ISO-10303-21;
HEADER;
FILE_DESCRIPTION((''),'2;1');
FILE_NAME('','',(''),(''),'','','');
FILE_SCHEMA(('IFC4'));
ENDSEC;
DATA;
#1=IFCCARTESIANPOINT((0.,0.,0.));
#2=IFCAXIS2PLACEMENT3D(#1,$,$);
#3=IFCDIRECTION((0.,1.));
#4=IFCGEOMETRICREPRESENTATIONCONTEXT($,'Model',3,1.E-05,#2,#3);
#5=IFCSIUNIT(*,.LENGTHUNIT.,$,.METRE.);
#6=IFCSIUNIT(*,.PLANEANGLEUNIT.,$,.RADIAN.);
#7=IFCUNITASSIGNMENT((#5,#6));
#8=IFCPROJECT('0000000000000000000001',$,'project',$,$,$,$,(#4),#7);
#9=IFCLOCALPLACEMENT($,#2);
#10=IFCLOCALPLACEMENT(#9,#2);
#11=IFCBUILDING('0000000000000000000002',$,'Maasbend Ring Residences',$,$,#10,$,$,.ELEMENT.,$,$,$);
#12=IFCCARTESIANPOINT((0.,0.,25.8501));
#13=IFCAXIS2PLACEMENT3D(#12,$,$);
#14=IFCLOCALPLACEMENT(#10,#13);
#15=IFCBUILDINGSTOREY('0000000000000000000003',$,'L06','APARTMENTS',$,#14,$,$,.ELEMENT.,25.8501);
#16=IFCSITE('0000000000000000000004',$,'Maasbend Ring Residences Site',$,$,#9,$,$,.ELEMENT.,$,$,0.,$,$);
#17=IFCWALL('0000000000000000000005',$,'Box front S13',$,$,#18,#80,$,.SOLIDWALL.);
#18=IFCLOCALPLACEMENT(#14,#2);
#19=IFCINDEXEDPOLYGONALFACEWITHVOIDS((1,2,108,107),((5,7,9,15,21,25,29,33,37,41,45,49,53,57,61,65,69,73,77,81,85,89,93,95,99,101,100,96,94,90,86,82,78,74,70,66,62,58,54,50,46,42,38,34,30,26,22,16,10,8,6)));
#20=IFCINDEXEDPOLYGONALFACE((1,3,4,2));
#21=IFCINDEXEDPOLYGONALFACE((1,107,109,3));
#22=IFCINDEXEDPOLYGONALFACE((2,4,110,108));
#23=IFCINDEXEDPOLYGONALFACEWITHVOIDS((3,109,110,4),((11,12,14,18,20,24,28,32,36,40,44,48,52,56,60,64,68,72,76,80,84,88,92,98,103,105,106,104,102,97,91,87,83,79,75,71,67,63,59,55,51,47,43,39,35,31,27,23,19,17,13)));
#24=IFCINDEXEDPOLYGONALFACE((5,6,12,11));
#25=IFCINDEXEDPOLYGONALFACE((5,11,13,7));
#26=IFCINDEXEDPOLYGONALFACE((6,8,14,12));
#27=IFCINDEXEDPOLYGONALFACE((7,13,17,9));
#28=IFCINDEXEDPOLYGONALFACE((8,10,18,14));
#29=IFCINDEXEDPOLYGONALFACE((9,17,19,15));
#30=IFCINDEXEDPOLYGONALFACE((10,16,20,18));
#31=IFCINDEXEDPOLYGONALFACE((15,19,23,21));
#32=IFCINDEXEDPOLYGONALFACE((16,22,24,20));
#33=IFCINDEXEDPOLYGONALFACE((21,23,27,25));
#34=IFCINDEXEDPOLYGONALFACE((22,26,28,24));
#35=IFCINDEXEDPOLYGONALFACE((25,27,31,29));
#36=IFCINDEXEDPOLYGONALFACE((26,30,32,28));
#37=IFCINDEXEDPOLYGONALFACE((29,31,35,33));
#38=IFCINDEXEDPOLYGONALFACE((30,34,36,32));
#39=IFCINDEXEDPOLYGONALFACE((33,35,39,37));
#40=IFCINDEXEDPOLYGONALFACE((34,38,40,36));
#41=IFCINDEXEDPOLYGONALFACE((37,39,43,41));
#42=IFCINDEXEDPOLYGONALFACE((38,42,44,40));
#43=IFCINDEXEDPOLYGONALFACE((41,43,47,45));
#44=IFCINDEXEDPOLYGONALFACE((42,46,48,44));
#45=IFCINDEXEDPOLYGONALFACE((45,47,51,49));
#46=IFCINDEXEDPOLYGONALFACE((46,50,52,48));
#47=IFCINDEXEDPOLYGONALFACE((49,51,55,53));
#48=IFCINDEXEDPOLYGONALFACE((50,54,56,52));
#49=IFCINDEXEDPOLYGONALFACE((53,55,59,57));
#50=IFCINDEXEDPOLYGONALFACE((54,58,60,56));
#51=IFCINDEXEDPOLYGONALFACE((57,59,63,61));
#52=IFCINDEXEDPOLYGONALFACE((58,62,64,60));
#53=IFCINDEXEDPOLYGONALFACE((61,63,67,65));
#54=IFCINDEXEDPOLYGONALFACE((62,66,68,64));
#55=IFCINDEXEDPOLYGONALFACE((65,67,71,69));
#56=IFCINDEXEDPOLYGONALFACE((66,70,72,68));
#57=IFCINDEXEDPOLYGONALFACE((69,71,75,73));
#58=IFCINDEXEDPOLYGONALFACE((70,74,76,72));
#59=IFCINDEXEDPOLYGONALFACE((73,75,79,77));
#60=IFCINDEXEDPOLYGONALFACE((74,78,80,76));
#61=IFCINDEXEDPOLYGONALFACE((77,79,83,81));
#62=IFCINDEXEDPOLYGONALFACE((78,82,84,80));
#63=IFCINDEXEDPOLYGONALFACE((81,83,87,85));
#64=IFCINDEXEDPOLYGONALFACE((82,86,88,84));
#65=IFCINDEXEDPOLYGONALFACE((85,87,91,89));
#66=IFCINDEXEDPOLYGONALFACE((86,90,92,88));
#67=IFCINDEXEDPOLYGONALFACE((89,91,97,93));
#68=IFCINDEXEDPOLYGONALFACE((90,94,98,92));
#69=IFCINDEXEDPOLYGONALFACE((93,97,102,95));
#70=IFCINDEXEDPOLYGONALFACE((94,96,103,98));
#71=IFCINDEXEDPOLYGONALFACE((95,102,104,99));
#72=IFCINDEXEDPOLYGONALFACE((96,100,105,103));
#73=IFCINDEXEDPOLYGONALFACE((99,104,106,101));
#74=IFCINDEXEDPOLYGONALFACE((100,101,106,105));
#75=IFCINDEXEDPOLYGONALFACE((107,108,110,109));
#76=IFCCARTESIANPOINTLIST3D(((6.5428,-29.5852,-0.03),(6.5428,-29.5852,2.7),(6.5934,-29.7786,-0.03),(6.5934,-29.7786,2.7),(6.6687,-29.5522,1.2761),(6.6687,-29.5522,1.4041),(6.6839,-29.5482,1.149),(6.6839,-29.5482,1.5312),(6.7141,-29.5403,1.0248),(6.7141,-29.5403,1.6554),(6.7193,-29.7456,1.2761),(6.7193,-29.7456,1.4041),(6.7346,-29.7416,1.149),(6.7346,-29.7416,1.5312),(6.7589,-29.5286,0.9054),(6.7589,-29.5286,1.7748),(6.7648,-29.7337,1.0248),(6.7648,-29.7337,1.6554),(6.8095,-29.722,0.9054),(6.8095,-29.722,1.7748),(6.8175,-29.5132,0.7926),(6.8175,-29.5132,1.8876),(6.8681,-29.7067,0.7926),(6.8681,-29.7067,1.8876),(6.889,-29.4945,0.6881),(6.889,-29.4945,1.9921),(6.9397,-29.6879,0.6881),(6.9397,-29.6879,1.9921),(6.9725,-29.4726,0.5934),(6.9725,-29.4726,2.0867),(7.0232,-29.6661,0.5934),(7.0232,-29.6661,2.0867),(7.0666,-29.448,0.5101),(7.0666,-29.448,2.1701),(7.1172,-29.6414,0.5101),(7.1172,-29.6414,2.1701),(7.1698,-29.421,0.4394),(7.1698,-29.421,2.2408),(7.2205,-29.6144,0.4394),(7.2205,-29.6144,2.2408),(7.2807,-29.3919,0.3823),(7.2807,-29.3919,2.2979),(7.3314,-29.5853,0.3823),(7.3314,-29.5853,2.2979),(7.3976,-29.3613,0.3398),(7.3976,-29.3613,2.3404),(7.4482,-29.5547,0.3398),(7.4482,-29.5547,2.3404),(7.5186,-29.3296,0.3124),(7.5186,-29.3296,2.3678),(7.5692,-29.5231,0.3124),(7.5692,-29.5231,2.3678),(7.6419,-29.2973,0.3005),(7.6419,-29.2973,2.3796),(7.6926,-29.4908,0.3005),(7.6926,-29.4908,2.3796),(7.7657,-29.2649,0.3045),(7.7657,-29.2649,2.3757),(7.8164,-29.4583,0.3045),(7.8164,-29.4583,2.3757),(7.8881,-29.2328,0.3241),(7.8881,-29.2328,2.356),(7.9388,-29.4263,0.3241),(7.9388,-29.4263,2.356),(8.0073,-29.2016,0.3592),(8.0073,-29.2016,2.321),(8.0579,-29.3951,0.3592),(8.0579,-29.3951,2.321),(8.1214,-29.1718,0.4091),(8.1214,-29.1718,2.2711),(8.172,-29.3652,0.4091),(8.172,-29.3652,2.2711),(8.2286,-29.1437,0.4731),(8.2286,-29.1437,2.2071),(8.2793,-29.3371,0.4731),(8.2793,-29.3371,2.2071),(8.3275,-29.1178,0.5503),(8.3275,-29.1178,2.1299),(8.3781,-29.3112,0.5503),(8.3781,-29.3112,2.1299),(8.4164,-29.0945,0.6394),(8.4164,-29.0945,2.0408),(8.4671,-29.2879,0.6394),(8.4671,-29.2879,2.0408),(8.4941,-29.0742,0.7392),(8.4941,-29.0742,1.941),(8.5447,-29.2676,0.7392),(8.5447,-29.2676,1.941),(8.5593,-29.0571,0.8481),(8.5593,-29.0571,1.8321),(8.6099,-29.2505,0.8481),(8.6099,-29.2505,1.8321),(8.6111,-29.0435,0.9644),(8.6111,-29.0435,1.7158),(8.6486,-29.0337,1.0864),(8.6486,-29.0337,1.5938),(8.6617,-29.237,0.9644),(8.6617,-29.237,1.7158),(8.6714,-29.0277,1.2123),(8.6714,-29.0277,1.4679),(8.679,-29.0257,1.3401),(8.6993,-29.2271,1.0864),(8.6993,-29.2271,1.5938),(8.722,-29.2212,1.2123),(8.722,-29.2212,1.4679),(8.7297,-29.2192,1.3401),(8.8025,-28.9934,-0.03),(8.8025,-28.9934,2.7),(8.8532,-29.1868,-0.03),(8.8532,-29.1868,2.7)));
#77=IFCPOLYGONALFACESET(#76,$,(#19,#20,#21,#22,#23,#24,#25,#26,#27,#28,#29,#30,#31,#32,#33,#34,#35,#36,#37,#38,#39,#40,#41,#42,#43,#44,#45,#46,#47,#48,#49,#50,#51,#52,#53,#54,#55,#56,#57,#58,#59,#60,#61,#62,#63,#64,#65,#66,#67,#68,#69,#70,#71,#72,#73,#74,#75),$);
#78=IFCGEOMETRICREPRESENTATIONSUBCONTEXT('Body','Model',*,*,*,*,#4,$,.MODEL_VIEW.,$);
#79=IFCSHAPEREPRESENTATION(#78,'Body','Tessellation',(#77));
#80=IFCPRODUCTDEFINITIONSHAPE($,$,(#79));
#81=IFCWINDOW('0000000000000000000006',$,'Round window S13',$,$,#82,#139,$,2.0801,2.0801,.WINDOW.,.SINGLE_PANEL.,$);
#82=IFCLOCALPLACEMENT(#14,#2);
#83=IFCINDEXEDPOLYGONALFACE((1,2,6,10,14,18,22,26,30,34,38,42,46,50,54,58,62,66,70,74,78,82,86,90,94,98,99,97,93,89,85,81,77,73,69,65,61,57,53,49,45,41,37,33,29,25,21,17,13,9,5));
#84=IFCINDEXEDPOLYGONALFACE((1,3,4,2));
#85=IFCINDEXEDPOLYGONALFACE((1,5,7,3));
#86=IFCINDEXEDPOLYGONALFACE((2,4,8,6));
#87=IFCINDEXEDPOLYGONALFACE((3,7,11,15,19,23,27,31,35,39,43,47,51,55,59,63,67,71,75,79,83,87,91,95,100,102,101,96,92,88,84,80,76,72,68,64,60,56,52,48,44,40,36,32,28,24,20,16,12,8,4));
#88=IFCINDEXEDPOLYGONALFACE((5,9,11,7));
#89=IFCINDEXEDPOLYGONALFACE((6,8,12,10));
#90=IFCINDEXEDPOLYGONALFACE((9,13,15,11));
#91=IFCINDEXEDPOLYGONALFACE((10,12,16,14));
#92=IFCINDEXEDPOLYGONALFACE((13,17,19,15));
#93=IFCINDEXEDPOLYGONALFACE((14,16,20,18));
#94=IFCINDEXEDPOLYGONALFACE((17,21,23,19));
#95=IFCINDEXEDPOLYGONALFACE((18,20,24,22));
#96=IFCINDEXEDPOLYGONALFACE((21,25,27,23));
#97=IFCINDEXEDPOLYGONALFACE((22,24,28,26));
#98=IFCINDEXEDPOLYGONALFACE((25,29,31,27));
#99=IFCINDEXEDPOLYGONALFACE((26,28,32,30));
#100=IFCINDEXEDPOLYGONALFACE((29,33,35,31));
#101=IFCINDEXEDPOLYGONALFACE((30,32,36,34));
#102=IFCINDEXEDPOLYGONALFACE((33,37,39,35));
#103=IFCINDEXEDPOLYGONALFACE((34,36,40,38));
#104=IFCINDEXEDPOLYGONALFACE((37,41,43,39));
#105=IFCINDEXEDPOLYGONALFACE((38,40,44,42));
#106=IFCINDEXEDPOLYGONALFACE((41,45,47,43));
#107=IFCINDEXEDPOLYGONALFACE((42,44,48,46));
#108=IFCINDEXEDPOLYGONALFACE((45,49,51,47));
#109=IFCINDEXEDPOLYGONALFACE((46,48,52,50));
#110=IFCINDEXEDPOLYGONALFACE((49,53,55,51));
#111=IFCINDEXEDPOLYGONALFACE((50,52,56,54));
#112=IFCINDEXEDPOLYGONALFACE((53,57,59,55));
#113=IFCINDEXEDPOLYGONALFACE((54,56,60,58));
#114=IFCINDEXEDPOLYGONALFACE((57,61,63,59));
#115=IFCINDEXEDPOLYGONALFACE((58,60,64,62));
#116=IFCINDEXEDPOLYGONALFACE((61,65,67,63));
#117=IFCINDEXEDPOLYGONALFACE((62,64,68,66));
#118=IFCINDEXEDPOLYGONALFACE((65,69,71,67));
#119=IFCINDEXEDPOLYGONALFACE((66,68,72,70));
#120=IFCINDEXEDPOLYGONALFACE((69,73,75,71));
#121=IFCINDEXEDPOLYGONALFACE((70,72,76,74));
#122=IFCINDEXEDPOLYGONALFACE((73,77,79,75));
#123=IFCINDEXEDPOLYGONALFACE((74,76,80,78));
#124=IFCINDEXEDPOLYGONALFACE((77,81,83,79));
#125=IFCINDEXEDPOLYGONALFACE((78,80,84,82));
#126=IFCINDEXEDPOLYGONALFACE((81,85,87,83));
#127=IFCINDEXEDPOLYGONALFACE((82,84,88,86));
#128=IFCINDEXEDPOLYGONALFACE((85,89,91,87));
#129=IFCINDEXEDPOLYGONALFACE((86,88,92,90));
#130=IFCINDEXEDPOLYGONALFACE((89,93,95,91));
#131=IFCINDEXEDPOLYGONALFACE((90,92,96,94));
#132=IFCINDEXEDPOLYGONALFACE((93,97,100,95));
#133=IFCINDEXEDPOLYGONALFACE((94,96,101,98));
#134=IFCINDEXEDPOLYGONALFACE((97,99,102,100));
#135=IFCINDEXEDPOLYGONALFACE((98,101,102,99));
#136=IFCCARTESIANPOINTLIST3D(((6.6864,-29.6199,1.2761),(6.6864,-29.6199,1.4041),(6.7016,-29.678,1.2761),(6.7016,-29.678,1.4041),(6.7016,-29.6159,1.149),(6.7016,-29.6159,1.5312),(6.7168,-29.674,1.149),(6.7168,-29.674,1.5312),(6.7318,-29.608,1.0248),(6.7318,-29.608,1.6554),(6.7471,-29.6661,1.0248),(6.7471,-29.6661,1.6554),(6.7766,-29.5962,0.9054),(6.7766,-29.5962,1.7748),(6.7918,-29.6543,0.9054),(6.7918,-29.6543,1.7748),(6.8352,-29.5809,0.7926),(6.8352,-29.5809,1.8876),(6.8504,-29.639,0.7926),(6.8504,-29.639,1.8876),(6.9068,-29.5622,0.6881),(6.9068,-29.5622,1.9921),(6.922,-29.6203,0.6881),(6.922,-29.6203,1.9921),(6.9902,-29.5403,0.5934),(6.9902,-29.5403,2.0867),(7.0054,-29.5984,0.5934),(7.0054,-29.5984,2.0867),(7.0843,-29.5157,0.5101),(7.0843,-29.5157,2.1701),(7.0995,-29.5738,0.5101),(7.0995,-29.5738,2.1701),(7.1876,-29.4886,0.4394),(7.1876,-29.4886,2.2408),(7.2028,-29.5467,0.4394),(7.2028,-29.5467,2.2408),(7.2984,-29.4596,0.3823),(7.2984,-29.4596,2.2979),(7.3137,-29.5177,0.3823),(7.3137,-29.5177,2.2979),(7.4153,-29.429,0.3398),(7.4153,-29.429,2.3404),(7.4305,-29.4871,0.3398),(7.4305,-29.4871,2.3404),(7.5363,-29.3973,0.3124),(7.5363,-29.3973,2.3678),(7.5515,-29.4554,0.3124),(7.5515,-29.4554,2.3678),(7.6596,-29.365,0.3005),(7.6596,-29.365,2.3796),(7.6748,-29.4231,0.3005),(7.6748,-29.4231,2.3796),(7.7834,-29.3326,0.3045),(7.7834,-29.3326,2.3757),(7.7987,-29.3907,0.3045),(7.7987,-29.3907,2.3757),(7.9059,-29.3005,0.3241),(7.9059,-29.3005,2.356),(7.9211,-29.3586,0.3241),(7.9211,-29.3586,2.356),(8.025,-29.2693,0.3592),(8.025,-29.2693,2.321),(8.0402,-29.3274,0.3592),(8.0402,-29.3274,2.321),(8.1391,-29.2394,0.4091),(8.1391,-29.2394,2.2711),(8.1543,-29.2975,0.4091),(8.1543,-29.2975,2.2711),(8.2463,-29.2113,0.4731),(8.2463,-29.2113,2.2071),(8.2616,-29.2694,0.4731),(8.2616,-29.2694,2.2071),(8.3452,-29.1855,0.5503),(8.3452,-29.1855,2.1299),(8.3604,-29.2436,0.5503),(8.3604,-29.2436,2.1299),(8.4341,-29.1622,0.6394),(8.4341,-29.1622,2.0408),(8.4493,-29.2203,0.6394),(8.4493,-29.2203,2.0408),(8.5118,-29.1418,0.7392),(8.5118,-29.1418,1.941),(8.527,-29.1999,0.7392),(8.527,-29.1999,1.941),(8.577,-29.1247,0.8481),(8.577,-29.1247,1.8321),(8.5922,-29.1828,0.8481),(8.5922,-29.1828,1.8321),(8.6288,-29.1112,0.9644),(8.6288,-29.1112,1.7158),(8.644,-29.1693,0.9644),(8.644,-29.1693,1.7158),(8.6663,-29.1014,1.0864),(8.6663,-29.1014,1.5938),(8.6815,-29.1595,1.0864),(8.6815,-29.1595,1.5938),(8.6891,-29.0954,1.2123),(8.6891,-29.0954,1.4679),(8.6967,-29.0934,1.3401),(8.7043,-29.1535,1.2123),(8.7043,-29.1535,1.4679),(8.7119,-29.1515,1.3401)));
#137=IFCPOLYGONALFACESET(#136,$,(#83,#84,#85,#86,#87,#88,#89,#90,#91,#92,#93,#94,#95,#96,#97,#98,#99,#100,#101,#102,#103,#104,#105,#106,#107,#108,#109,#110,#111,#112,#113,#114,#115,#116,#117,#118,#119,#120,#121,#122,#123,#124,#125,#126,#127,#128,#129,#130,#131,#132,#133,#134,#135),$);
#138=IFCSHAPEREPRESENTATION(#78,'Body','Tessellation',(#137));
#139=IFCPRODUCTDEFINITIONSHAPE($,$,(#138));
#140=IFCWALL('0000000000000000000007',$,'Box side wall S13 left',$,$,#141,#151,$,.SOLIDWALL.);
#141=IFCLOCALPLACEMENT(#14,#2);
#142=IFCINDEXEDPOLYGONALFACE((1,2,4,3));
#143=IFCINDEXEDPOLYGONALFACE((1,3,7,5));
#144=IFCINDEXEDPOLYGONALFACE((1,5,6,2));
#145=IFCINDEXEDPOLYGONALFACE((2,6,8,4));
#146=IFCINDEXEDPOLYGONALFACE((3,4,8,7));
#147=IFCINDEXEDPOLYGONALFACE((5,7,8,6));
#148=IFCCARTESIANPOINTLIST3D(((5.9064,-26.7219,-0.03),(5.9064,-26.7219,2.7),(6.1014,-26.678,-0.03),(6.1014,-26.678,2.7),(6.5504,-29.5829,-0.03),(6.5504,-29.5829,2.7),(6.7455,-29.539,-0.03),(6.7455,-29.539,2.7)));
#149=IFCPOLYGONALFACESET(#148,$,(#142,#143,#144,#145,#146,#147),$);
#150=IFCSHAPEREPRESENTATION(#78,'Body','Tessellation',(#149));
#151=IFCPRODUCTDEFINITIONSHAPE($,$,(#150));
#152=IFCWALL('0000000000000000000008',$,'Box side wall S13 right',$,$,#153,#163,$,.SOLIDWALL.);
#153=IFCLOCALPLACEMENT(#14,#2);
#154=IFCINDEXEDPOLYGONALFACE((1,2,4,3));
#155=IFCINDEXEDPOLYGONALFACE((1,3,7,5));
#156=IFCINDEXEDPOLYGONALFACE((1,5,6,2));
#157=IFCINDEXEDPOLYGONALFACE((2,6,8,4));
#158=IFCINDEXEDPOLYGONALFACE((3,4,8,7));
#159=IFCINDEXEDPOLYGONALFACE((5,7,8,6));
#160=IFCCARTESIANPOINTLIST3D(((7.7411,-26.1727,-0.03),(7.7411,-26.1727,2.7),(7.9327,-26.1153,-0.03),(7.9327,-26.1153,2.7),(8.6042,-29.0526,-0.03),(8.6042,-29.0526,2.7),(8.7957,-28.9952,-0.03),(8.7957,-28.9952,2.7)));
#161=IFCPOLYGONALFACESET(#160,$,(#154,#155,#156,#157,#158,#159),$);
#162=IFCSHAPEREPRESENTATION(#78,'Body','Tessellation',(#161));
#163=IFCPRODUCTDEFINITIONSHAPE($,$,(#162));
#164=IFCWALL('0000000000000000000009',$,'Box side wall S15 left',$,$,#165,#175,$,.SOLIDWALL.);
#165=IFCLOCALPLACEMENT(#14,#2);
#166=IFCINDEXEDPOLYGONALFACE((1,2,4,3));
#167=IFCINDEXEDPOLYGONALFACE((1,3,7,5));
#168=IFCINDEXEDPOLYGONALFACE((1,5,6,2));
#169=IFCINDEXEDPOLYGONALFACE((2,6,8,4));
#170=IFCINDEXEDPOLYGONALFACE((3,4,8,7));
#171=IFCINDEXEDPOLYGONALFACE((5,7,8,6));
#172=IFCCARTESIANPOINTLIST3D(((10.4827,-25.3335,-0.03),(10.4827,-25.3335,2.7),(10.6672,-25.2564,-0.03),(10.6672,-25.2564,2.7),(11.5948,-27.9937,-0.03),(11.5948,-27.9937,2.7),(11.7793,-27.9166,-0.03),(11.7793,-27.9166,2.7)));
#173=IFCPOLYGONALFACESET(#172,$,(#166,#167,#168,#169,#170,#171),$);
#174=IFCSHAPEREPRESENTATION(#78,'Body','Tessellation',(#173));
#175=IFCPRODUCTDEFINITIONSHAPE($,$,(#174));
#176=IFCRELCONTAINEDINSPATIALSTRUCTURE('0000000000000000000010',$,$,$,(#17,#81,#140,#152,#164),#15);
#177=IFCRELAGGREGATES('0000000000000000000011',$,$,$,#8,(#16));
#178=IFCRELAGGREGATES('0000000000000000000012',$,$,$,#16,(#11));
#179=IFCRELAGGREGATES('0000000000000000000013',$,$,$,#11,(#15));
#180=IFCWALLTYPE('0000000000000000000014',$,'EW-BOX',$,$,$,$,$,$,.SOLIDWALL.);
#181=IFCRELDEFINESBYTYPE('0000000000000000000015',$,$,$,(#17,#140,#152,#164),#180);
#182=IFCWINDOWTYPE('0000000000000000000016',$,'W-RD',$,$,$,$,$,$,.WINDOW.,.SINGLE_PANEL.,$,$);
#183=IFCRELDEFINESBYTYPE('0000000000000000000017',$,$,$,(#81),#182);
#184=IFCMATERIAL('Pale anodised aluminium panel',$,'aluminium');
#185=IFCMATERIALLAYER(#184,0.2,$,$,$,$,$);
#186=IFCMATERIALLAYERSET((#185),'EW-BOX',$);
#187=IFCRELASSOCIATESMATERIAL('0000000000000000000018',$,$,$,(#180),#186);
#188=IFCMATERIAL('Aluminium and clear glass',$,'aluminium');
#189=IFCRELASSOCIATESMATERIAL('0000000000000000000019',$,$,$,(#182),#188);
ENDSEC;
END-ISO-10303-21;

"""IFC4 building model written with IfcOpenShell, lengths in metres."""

from ifc_helpers import new_model, si_unit, direction, frame, frame_2d, origin, place, context, subcontext, project, spatial, rectangle, circle, extrude, material, layer, layer_set, type_object, element, fill, save


model = new_model("IFC4")

# Units and contexts
model_context = context("Model", 3, precision=1e-05, world=origin(), true_north=direction((0.0, 1.0)))
body_context = subcontext(model_context, "Body", "Model", "MODEL_VIEW")
ifc_project = project(units=[si_unit("LENGTHUNIT", "METRE"), si_unit("PLANEANGLEUNIT", "RADIAN")], contexts=[model_context])

# Site, building, storey
site_placement = place(None, origin())
site = spatial("IfcSite", under=ifc_project, at=site_placement, Name="Maasbend Ring Residences Site", CompositionType="ELEMENT", RefElevation=0.0)
building_placement = place(site_placement, origin())
building = spatial("IfcBuilding", under=site, at=building_placement, Name="Maasbend Ring Residences", CompositionType="ELEMENT")
storey_placement = place(building_placement, frame((0.0, 0.0, 25.8501)))
storey = spatial("IfcBuildingStorey", under=building, at=storey_placement, Name="L06", Description="APARTMENTS", CompositionType="ELEMENT", Elevation=25.8501)

# Shared definitions
ifc_material_1 = material(Name="Pale anodised aluminium panel", Category="aluminium")
ifc_layer_1 = layer(ifc_material_1, 0.2)
ifc_layer_set_1 = layer_set([ifc_layer_1], Name="EW-BOX")
wall_type_1 = type_object("IfcWallType", Name="EW-BOX", PredefinedType="SOLIDWALL", material=ifc_layer_set_1)

# Wall, opening, window
wall_1_placement = place(storey_placement, frame((6.5681, -29.6819, -0.03), z_axis=(0.0, 0.0, 1.0), x_axis=(0.967377, 0.253341, 0.0)))
wall_1 = element("IfcWall", 1, at=wall_1_placement, inside=storey, type_object=wall_type_1, Name="Box front S13", PredefinedType="SOLIDWALL", context=body_context, shape_type="SweptSolid", body=[
    extrude(rectangle(XDim=2.3359, YDim=0.2, at=frame_2d((1.168, 0.0))), origin(), (0.0, 0.0, 1.0), 2.73),
])
opening_1_placement = place(wall_1_placement, frame((0.1282, 0.0, 0.3301)))
opening_1 = element("IfcOpeningElement", 2, at=opening_1_placement, cuts=wall_1, PredefinedType="OPENING", context=body_context, shape_type="SweptSolid", body=[
    extrude(circle(Radius=1.04, at=frame_2d((1.04, 1.04))), frame((0.0, 0.1099, 0.0), z_axis=(0.0, -1.0, 0.0), x_axis=(1.0, 0.0, 0.0)), (0.0, 0.0, 1.0), 0.22),
])
ifc_material_2 = material(Name="Aluminium and clear glass", Category="aluminium")
window_type_1 = type_object("IfcWindowType", Name="W-RD", PartitioningType="SINGLE_PANEL", PredefinedType="WINDOW", material=ifc_material_2)
window_1_placement = place(opening_1_placement, origin())
window_1 = element("IfcWindow", 3, at=window_1_placement, inside=storey, type_object=window_type_1, Name="Round window S13", OverallHeight=2.0801, OverallWidth=2.0801, PartitioningType="SINGLE_PANEL", PredefinedType="WINDOW", context=body_context, shape_type="SweptSolid", body=[
    extrude(circle(Radius=1.04, at=frame_2d((1.04, 1.04))), frame((0.0, 0.03, 0.0), z_axis=(0.0, -1.0, 0.0), x_axis=(1.0, 0.0, 0.0)), (0.0, 0.0, 1.0), 0.0601),
])
fill(opening_1, window_1)

# Walls
wall_2_placement = place(storey_placement, frame((6.0039, -26.7, -0.03), z_axis=(0.0, 0.0, 1.0), x_axis=(0.219609, -0.975588, 0.0)))
element("IfcWall", 4, at=wall_2_placement, inside=storey, type_object=wall_type_1, Name="Box side wall S13 left", PredefinedType="SOLIDWALL", context=body_context, shape_type="SweptSolid", body=[
    extrude(rectangle(XDim=2.9326, YDim=0.2, at=frame_2d((1.4663, 0.0))), origin(), (0.0, 0.0, 1.0), 2.73),
])
wall_3_placement = place(storey_placement, frame((7.8369, -26.144, -0.03), z_axis=(0.0, 0.0, 1.0), x_axis=(0.287065, -0.957911, 0.0)))
element("IfcWall", 5, at=wall_3_placement, inside=storey, type_object=wall_type_1, Name="Box side wall S13 right", PredefinedType="SOLIDWALL", context=body_context, shape_type="SweptSolid", body=[
    extrude(rectangle(XDim=3.0063, YDim=0.2, at=frame_2d((1.5032, 0.0))), origin(), (0.0, 0.0, 1.0), 2.73),
])
wall_4_placement = place(storey_placement, frame((10.575, -25.2949, -0.03), z_axis=(0.0, 0.0, 1.0), x_axis=(0.385697, -0.922625, 0.0)))
element("IfcWall", 6, at=wall_4_placement, inside=storey, type_object=wall_type_1, Name="Box side wall S15 left", PredefinedType="SOLIDWALL", context=body_context, shape_type="SweptSolid", body=[
    extrude(rectangle(XDim=2.8833, YDim=0.2, at=frame_2d((1.4417, 0.0))), origin(), (0.0, 0.0, 1.0), 2.73),
])

save(model, "model.ifc")
